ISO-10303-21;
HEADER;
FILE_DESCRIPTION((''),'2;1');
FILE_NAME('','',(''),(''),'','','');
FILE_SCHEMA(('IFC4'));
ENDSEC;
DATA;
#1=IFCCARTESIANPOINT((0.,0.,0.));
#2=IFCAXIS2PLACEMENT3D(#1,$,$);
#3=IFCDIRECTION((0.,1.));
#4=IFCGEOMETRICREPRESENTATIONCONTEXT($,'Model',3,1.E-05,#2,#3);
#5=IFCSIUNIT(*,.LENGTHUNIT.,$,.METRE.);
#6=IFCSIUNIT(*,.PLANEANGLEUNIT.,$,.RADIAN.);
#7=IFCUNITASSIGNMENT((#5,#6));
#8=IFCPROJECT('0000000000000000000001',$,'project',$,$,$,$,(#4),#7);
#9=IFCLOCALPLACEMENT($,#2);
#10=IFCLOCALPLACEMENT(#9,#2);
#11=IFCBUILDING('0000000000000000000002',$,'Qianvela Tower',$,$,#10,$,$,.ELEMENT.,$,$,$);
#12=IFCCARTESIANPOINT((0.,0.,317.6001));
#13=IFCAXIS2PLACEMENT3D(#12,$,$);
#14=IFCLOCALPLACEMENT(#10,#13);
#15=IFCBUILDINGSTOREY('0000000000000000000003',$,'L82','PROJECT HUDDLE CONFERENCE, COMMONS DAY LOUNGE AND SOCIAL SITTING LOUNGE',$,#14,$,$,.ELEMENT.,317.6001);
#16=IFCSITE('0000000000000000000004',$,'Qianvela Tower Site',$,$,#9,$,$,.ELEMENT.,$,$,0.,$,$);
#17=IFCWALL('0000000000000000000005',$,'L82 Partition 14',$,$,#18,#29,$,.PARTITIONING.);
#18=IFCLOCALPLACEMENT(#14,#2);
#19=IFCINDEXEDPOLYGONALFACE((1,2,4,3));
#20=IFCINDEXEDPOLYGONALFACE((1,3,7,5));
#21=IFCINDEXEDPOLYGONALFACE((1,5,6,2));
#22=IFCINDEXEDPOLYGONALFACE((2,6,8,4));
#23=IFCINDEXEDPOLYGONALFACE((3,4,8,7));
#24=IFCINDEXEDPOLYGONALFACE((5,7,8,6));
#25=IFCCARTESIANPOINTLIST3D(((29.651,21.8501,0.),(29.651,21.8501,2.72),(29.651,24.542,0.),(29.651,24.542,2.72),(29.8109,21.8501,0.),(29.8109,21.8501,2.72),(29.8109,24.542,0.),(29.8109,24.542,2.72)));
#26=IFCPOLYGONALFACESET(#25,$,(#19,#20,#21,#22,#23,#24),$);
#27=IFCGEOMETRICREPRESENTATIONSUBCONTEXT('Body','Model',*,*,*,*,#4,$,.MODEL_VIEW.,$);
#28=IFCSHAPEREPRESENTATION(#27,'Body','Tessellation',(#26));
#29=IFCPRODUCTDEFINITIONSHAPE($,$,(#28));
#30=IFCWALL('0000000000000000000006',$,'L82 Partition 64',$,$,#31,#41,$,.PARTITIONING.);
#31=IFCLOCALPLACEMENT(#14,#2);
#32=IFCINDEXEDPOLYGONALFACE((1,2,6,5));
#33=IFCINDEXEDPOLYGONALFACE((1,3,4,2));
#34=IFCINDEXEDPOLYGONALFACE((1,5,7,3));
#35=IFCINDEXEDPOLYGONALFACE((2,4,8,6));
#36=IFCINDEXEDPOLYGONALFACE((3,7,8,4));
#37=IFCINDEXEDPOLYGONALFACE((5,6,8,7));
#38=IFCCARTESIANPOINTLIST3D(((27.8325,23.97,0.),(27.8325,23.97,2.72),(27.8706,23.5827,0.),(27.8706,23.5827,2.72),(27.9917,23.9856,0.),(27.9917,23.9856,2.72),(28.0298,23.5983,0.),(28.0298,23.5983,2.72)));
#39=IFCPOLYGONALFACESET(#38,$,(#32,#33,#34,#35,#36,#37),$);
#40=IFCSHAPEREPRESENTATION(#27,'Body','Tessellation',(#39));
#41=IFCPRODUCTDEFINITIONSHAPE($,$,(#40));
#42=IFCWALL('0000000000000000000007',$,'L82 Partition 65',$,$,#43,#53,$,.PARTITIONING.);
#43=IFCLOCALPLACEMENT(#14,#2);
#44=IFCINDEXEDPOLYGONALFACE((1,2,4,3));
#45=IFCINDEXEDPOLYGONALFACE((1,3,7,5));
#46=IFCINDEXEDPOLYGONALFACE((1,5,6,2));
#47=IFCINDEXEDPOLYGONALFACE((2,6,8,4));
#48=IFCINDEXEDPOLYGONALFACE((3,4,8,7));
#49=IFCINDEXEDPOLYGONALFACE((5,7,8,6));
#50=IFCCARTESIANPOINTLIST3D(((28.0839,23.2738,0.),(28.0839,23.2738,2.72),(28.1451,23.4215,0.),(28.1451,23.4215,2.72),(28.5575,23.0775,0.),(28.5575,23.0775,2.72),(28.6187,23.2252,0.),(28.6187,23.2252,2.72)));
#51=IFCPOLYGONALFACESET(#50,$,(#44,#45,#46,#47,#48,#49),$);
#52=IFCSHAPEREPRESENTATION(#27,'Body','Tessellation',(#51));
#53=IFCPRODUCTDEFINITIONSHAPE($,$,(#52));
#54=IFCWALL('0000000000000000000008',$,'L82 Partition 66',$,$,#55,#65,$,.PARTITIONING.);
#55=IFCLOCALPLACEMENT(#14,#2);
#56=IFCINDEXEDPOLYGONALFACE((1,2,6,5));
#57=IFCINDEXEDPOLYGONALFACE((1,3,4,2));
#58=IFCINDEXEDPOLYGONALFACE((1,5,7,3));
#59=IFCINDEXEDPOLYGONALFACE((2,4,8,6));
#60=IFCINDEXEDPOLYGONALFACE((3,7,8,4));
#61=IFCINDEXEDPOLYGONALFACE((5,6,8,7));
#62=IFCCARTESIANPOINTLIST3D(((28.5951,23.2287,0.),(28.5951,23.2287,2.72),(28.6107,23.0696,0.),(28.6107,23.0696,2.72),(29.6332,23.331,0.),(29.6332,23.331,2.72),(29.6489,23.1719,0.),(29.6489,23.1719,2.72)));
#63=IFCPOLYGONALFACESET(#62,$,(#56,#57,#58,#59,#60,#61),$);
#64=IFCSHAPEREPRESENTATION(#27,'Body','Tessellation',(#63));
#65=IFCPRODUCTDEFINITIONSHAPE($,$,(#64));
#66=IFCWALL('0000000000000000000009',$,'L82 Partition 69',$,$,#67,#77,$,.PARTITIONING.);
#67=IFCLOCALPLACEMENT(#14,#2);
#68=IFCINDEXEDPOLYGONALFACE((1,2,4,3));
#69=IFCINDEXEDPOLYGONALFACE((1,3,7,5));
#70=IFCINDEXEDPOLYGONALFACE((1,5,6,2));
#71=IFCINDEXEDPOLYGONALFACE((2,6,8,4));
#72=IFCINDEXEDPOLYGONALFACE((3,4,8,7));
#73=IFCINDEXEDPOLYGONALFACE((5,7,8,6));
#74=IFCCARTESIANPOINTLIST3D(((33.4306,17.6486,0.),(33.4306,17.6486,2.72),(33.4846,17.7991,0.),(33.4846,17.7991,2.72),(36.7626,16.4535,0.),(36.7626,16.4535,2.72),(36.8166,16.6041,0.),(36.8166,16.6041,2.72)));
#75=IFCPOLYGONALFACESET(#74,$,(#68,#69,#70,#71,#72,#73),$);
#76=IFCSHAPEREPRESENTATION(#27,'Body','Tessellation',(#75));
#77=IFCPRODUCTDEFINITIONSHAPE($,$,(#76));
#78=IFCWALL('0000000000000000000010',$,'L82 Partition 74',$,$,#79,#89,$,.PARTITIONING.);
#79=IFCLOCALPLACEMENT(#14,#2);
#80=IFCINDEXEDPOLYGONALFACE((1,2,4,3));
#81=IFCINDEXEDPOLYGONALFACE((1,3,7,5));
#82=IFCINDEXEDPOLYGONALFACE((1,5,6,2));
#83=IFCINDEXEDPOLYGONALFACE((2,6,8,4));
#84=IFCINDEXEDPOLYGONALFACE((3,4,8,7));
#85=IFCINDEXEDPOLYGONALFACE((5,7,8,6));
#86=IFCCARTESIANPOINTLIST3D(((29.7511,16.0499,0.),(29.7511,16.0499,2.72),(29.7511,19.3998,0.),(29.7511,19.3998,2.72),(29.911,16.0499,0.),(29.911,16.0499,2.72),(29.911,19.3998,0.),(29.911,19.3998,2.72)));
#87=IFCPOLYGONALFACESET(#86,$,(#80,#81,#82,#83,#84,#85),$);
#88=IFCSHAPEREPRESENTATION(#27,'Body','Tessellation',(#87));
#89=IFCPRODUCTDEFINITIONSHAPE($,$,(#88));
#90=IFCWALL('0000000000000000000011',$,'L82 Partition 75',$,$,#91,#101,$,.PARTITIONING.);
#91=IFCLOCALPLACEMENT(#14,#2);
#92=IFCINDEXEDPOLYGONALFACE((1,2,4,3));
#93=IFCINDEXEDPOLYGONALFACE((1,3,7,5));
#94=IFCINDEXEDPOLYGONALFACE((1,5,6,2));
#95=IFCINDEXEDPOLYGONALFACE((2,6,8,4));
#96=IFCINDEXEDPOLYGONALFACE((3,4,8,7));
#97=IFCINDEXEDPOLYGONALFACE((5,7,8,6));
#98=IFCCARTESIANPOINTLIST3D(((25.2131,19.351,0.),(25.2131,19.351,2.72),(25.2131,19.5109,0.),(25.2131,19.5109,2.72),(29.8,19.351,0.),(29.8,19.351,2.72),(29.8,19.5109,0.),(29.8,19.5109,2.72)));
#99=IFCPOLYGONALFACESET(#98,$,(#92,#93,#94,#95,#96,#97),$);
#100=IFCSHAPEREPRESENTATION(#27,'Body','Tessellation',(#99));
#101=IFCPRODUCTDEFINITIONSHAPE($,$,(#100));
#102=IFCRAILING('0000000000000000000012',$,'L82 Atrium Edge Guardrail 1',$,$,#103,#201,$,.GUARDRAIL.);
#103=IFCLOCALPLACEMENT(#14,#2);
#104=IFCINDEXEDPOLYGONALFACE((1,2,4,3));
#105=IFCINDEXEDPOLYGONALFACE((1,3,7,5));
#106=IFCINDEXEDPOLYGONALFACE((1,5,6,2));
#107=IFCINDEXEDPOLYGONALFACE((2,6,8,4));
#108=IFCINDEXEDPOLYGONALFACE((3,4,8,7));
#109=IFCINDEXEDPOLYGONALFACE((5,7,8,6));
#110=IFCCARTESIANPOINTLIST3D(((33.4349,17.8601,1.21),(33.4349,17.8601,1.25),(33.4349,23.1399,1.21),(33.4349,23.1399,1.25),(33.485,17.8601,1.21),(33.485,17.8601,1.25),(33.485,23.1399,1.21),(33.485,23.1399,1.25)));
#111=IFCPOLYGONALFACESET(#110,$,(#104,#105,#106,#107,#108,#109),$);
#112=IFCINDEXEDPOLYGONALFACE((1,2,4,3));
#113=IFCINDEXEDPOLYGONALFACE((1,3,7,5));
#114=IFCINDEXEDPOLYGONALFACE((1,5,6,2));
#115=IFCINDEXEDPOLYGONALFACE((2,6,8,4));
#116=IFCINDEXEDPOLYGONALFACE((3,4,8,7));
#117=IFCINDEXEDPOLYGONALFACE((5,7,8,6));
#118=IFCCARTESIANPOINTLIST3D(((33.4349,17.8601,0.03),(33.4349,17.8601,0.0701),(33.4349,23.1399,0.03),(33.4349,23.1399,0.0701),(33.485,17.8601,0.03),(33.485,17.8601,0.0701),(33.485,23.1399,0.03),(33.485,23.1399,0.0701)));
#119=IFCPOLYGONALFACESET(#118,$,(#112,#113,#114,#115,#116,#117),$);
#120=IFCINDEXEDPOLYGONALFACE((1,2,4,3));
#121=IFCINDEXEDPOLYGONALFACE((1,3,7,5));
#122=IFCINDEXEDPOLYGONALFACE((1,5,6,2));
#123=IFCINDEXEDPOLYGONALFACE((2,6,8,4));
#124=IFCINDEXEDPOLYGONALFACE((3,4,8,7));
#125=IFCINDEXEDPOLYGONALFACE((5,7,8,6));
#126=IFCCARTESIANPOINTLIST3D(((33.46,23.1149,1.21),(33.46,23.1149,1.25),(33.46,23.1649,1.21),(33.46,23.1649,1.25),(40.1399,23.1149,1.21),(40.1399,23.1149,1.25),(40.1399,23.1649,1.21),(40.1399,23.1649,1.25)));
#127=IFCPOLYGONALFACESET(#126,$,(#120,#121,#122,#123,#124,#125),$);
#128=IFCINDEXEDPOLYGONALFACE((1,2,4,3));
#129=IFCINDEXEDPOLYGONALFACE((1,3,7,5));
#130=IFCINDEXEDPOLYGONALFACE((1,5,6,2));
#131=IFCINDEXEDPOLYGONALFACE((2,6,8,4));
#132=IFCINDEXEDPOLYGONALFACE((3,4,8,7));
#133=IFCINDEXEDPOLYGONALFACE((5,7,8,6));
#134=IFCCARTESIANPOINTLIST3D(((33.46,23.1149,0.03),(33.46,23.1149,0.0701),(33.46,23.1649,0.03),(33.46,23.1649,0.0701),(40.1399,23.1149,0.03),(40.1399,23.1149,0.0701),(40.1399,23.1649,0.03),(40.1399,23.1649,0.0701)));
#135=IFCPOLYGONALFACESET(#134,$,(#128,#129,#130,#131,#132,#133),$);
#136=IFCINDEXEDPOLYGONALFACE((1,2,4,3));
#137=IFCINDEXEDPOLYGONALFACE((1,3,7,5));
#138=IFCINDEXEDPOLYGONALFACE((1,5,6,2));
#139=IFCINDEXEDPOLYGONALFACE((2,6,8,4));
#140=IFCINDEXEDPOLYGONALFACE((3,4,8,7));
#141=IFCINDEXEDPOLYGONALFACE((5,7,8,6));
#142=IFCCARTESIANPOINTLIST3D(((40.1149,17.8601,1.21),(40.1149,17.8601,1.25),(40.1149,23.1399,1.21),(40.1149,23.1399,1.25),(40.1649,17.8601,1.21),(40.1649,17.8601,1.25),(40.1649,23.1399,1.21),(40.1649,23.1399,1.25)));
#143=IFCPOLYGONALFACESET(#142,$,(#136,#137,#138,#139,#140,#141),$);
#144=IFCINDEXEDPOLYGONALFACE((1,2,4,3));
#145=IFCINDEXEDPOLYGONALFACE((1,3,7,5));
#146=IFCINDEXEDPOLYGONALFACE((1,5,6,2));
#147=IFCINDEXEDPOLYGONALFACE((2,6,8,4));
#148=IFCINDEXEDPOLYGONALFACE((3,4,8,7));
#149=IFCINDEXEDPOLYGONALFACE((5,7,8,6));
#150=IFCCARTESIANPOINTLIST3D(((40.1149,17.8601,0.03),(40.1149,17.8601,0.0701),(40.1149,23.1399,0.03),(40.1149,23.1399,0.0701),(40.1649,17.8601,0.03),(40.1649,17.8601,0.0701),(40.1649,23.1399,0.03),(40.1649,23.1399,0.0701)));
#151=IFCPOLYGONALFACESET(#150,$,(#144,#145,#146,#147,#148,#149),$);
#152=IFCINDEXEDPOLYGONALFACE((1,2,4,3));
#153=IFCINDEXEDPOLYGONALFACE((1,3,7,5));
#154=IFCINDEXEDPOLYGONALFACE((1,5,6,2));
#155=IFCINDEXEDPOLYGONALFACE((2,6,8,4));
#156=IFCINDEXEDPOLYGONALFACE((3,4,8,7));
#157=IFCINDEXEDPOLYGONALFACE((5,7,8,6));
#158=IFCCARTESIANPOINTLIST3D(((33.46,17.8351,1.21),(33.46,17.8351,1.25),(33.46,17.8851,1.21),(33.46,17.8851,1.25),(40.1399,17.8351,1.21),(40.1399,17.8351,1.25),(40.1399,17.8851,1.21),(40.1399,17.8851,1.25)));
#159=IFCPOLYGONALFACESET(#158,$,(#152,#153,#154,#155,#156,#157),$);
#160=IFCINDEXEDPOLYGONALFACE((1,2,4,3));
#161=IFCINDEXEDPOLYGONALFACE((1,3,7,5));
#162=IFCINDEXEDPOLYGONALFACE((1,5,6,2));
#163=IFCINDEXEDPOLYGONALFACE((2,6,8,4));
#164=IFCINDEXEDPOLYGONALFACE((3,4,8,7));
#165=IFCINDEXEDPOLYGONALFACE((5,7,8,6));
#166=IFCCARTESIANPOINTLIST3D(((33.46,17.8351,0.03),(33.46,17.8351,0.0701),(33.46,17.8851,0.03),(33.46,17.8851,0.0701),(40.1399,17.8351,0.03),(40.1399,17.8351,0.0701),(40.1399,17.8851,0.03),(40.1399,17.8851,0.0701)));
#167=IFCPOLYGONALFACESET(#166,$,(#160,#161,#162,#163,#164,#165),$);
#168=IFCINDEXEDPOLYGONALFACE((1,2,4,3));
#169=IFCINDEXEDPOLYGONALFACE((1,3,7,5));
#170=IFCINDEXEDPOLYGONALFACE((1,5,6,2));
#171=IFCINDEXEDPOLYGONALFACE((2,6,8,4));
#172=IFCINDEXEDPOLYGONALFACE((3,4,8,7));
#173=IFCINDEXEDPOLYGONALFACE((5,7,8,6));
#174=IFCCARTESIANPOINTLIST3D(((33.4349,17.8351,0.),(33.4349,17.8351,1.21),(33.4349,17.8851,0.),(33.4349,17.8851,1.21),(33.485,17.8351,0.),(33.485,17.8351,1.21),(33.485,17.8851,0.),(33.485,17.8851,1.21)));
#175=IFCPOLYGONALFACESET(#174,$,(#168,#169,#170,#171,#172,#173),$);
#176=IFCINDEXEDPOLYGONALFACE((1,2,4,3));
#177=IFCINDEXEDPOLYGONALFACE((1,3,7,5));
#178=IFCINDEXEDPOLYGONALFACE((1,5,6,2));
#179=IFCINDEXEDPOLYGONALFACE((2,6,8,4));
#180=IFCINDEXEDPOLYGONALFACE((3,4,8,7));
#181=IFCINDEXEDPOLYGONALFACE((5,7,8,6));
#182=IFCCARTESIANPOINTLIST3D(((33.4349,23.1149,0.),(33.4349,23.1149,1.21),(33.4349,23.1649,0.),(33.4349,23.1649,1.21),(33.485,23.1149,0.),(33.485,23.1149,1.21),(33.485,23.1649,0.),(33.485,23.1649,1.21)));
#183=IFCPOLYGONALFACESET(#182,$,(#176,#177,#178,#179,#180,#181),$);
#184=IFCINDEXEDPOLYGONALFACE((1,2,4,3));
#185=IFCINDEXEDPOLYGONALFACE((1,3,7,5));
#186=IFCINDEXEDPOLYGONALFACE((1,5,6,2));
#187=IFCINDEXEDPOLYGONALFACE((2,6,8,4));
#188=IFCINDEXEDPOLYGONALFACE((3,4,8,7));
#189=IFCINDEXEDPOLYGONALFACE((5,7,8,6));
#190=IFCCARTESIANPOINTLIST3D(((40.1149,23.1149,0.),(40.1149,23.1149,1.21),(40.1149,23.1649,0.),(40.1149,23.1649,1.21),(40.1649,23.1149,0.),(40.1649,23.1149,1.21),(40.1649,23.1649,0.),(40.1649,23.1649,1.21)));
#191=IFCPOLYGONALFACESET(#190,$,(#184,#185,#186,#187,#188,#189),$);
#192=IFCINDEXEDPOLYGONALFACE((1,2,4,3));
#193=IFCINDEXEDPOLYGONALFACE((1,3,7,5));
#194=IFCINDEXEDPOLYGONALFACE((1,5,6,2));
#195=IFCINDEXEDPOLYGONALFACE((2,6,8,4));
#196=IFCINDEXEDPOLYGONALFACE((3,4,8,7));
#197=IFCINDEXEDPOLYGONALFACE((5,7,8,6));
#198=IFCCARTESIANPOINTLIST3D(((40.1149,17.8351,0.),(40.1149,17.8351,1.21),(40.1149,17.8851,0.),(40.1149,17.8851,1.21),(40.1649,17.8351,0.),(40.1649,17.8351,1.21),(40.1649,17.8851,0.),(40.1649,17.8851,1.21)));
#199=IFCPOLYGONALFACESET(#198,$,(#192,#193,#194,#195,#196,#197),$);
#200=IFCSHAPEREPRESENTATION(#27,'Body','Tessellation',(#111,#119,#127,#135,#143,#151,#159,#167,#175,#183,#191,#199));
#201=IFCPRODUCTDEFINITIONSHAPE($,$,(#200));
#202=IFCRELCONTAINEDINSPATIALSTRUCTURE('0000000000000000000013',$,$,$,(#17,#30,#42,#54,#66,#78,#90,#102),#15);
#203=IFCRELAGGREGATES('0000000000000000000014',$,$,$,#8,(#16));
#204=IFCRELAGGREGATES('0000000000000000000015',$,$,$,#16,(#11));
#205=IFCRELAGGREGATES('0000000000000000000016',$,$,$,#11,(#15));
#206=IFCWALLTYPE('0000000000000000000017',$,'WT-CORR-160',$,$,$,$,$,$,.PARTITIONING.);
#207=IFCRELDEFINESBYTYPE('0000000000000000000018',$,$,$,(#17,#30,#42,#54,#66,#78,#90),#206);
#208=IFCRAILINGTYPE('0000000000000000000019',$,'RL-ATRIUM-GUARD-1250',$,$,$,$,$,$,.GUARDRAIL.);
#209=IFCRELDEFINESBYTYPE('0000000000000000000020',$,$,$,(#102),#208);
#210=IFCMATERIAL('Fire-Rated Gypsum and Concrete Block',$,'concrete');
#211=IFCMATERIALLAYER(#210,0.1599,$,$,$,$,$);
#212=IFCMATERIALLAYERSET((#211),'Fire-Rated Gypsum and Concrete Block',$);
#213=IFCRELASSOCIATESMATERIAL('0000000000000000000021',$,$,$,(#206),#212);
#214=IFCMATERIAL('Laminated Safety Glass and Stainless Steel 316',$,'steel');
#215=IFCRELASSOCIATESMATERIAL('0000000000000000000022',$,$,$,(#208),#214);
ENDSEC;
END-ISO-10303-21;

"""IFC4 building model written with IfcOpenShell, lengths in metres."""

from ifc_helpers import new_model, si_unit, direction, frame, frame_2d, origin, origin_2d, place, context, subcontext, project, spatial, rectangle, extrude, material, layer, layer_set, type_object, element, save


model = new_model("IFC4")

# Units and contexts
model_context = context("Model", 3, precision=1e-05, world=origin(), true_north=direction((0.0, 1.0)))
body_context = subcontext(model_context, "Body", "Model", "MODEL_VIEW")
ifc_project = project(units=[si_unit("LENGTHUNIT", "METRE"), si_unit("PLANEANGLEUNIT", "RADIAN")], contexts=[model_context])

# Site, building, storey
site_placement = place(None, origin())
site = spatial("IfcSite", under=ifc_project, at=site_placement, Name="Qianvela Tower Site", CompositionType="ELEMENT", RefElevation=0.0)
building_placement = place(site_placement, origin())
building = spatial("IfcBuilding", under=site, at=building_placement, Name="Qianvela Tower", CompositionType="ELEMENT")
storey_placement = place(building_placement, frame((0.0, 0.0, 317.6001)))
storey = spatial("IfcBuildingStorey", under=building, at=storey_placement, Name="L82", Description="PROJECT HUDDLE CONFERENCE, COMMONS DAY LOUNGE AND SOCIAL SITTING LOUNGE", CompositionType="ELEMENT", Elevation=317.6001)

# Shared definitions
ifc_material_1 = material(Name="Fire-Rated Gypsum and Concrete Block", Category="concrete")
ifc_layer_1 = layer(ifc_material_1, 0.1599)
ifc_layer_set_1 = layer_set([ifc_layer_1], Name="Fire-Rated Gypsum and Concrete Block")
wall_type = type_object("IfcWallType", Name="WT-CORR-160", PredefinedType="PARTITIONING", material=ifc_layer_set_1)

# Walls
wall_1_placement = place(storey_placement, frame((29.731, 21.8501, 0.0), z_axis=(0.0, 0.0, 1.0), x_axis=(0.0, 1.0, 0.0)))
element("IfcWall", 1, at=wall_1_placement, inside=storey, type_object=wall_type, Name="L82 Partition 14", PredefinedType="PARTITIONING", context=body_context, shape_type="SweptSolid", body=[
    extrude(rectangle(XDim=2.6919, YDim=0.1599, at=frame_2d((1.3459, 0.0))), origin(), (0.0, 0.0, 1.0), 2.72),
])
wall_2_placement = place(storey_placement, frame((27.9121, 23.9778, 0.0), z_axis=(0.0, 0.0, 1.0), x_axis=(0.097888, -0.995197, 0.0)))
element("IfcWall", 2, at=wall_2_placement, inside=storey, type_object=wall_type, Name="L82 Partition 64", PredefinedType="PARTITIONING", context=body_context, shape_type="SweptSolid", body=[
    extrude(rectangle(XDim=0.3892, YDim=0.1599, at=frame_2d((0.1946, 0.0))), origin(), (0.0, 0.0, 1.0), 2.72),
])
wall_3_placement = place(storey_placement, frame((28.1145, 23.3477, 0.0), z_axis=(0.0, 0.0, 1.0), x_axis=(0.923808, -0.382856, 0.0)))
element("IfcWall", 3, at=wall_3_placement, inside=storey, type_object=wall_type, Name="L82 Partition 65", PredefinedType="PARTITIONING", context=body_context, shape_type="SweptSolid", body=[
    extrude(rectangle(XDim=0.5127, YDim=0.1599, at=frame_2d((0.2563, 0.0))), origin(), (0.0, 0.0, 1.0), 2.72),
])
wall_4_placement = place(storey_placement, frame((28.603, 23.1492, 0.0), z_axis=(0.0, 0.0, 1.0), x_axis=(0.99518, 0.098067, 0.0)))
element("IfcWall", 4, at=wall_4_placement, inside=storey, type_object=wall_type, Name="L82 Partition 66", PredefinedType="PARTITIONING", context=body_context, shape_type="SweptSolid", body=[
    extrude(rectangle(XDim=1.0432, YDim=0.1599, at=frame_2d((0.5215, 0.0))), origin(), (0.0, 0.0, 1.0), 2.72),
])
wall_5_placement = place(storey_placement, frame((33.4575, 17.7239, 0.0), z_axis=(0.0, 0.0, 1.0), x_axis=(0.941289, -0.337603, 0.0)))
element("IfcWall", 5, at=wall_5_placement, inside=storey, type_object=wall_type, Name="L82 Partition 69", PredefinedType="PARTITIONING", context=body_context, shape_type="SweptSolid", body=[
    extrude(rectangle(XDim=3.5398, YDim=0.1599, at=frame_2d((1.77, 0.0))), origin(), (0.0, 0.0, 1.0), 2.72),
])
wall_6_placement = place(storey_placement, frame((29.8311, 16.05, 0.0), z_axis=(0.0, 0.0, 1.0), x_axis=(0.0, 1.0, 0.0)))
element("IfcWall", 6, at=wall_6_placement, inside=storey, type_object=wall_type, Name="L82 Partition 74", PredefinedType="PARTITIONING", context=body_context, shape_type="SweptSolid", body=[
    extrude(rectangle(XDim=3.3499, YDim=0.1599, at=frame_2d((1.6748, 0.0))), origin(), (0.0, 0.0, 1.0), 2.72),
])
wall_7_placement = place(storey_placement, frame((29.8, 19.4309, 0.0), z_axis=(0.0, 0.0, 1.0), x_axis=(-1.0, 0.0, 0.0)))
element("IfcWall", 7, at=wall_7_placement, inside=storey, type_object=wall_type, Name="L82 Partition 75", PredefinedType="PARTITIONING", context=body_context, shape_type="SweptSolid", body=[
    extrude(rectangle(XDim=4.5869, YDim=0.1599, at=frame_2d((2.2935, 0.0))), origin(), (0.0, 0.0, 1.0), 2.72),
])

# Railing
ifc_material_2 = material(Name="Laminated Safety Glass and Stainless Steel 316", Category="steel")
railing_type = type_object("IfcRailingType", Name="RL-ATRIUM-GUARD-1250", PredefinedType="GUARDRAIL", material=ifc_material_2)
railing_placement = place(storey_placement, frame((33.46, 17.8601, 0.0)))
element("IfcRailing", 8, at=railing_placement, inside=storey, type_object=railing_type, Name="L82 Atrium Edge Guardrail 1", PredefinedType="GUARDRAIL", context=body_context, shape_type="SweptSolid", body=[
    extrude(rectangle(XDim=0.05, YDim=0.04, at=origin_2d()), frame((0.0, 0.0, 1.23), z_axis=(0.0, 1.0, 0.0), x_axis=(-1.0, 0.0, 0.0)), (0.0, 0.0, 1.0), 5.2798),
    extrude(rectangle(XDim=0.05, YDim=0.04, at=origin_2d()), frame((0.0, 0.0, 0.05), z_axis=(0.0, 1.0, 0.0), x_axis=(-1.0, 0.0, 0.0)), (0.0, 0.0, 1.0), 5.2798),
    extrude(rectangle(XDim=0.05, YDim=0.04, at=origin_2d()), frame((0.0, 5.2798, 1.23), z_axis=(1.0, 0.0, 0.0), x_axis=(0.0, 1.0, 0.0)), (0.0, 0.0, 1.0), 6.6799),
    extrude(rectangle(XDim=0.05, YDim=0.04, at=origin_2d()), frame((0.0, 5.2798, 0.05), z_axis=(1.0, 0.0, 0.0), x_axis=(0.0, 1.0, 0.0)), (0.0, 0.0, 1.0), 6.6799),
    extrude(rectangle(XDim=0.05, YDim=0.04, at=origin_2d()), frame((6.6799, 5.2798, 1.23), z_axis=(0.0, -1.0, 0.0), x_axis=(1.0, 0.0, 0.0)), (0.0, 0.0, 1.0), 5.2798),
    extrude(rectangle(XDim=0.05, YDim=0.04, at=origin_2d()), frame((6.6799, 5.2798, 0.05), z_axis=(0.0, -1.0, 0.0), x_axis=(1.0, 0.0, 0.0)), (0.0, 0.0, 1.0), 5.2798),
    extrude(rectangle(XDim=0.05, YDim=0.04, at=origin_2d()), frame((6.6799, 0.0, 1.23), z_axis=(-1.0, 0.0, 0.0), x_axis=(0.0, -1.0, 0.0)), (0.0, 0.0, 1.0), 6.6799),
    extrude(rectangle(XDim=0.05, YDim=0.04, at=origin_2d()), frame((6.6799, 0.0, 0.05), z_axis=(-1.0, 0.0, 0.0), x_axis=(0.0, -1.0, 0.0)), (0.0, 0.0, 1.0), 6.6799),
    extrude(rectangle(XDim=0.05, YDim=0.05, at=origin_2d()), origin(), (0.0, 0.0, 1.0), 1.21),
    extrude(rectangle(XDim=0.05, YDim=0.05, at=origin_2d()), frame((0.0, 5.2798, 0.0)), (0.0, 0.0, 1.0), 1.21),
    extrude(rectangle(XDim=0.05, YDim=0.05, at=origin_2d()), frame((6.6799, 5.2798, 0.0)), (0.0, 0.0, 1.0), 1.21),
    extrude(rectangle(XDim=0.05, YDim=0.05, at=origin_2d()), frame((6.6799, 0.0, 0.0)), (0.0, 0.0, 1.0), 1.21),
])

save(model, "model.ifc")
